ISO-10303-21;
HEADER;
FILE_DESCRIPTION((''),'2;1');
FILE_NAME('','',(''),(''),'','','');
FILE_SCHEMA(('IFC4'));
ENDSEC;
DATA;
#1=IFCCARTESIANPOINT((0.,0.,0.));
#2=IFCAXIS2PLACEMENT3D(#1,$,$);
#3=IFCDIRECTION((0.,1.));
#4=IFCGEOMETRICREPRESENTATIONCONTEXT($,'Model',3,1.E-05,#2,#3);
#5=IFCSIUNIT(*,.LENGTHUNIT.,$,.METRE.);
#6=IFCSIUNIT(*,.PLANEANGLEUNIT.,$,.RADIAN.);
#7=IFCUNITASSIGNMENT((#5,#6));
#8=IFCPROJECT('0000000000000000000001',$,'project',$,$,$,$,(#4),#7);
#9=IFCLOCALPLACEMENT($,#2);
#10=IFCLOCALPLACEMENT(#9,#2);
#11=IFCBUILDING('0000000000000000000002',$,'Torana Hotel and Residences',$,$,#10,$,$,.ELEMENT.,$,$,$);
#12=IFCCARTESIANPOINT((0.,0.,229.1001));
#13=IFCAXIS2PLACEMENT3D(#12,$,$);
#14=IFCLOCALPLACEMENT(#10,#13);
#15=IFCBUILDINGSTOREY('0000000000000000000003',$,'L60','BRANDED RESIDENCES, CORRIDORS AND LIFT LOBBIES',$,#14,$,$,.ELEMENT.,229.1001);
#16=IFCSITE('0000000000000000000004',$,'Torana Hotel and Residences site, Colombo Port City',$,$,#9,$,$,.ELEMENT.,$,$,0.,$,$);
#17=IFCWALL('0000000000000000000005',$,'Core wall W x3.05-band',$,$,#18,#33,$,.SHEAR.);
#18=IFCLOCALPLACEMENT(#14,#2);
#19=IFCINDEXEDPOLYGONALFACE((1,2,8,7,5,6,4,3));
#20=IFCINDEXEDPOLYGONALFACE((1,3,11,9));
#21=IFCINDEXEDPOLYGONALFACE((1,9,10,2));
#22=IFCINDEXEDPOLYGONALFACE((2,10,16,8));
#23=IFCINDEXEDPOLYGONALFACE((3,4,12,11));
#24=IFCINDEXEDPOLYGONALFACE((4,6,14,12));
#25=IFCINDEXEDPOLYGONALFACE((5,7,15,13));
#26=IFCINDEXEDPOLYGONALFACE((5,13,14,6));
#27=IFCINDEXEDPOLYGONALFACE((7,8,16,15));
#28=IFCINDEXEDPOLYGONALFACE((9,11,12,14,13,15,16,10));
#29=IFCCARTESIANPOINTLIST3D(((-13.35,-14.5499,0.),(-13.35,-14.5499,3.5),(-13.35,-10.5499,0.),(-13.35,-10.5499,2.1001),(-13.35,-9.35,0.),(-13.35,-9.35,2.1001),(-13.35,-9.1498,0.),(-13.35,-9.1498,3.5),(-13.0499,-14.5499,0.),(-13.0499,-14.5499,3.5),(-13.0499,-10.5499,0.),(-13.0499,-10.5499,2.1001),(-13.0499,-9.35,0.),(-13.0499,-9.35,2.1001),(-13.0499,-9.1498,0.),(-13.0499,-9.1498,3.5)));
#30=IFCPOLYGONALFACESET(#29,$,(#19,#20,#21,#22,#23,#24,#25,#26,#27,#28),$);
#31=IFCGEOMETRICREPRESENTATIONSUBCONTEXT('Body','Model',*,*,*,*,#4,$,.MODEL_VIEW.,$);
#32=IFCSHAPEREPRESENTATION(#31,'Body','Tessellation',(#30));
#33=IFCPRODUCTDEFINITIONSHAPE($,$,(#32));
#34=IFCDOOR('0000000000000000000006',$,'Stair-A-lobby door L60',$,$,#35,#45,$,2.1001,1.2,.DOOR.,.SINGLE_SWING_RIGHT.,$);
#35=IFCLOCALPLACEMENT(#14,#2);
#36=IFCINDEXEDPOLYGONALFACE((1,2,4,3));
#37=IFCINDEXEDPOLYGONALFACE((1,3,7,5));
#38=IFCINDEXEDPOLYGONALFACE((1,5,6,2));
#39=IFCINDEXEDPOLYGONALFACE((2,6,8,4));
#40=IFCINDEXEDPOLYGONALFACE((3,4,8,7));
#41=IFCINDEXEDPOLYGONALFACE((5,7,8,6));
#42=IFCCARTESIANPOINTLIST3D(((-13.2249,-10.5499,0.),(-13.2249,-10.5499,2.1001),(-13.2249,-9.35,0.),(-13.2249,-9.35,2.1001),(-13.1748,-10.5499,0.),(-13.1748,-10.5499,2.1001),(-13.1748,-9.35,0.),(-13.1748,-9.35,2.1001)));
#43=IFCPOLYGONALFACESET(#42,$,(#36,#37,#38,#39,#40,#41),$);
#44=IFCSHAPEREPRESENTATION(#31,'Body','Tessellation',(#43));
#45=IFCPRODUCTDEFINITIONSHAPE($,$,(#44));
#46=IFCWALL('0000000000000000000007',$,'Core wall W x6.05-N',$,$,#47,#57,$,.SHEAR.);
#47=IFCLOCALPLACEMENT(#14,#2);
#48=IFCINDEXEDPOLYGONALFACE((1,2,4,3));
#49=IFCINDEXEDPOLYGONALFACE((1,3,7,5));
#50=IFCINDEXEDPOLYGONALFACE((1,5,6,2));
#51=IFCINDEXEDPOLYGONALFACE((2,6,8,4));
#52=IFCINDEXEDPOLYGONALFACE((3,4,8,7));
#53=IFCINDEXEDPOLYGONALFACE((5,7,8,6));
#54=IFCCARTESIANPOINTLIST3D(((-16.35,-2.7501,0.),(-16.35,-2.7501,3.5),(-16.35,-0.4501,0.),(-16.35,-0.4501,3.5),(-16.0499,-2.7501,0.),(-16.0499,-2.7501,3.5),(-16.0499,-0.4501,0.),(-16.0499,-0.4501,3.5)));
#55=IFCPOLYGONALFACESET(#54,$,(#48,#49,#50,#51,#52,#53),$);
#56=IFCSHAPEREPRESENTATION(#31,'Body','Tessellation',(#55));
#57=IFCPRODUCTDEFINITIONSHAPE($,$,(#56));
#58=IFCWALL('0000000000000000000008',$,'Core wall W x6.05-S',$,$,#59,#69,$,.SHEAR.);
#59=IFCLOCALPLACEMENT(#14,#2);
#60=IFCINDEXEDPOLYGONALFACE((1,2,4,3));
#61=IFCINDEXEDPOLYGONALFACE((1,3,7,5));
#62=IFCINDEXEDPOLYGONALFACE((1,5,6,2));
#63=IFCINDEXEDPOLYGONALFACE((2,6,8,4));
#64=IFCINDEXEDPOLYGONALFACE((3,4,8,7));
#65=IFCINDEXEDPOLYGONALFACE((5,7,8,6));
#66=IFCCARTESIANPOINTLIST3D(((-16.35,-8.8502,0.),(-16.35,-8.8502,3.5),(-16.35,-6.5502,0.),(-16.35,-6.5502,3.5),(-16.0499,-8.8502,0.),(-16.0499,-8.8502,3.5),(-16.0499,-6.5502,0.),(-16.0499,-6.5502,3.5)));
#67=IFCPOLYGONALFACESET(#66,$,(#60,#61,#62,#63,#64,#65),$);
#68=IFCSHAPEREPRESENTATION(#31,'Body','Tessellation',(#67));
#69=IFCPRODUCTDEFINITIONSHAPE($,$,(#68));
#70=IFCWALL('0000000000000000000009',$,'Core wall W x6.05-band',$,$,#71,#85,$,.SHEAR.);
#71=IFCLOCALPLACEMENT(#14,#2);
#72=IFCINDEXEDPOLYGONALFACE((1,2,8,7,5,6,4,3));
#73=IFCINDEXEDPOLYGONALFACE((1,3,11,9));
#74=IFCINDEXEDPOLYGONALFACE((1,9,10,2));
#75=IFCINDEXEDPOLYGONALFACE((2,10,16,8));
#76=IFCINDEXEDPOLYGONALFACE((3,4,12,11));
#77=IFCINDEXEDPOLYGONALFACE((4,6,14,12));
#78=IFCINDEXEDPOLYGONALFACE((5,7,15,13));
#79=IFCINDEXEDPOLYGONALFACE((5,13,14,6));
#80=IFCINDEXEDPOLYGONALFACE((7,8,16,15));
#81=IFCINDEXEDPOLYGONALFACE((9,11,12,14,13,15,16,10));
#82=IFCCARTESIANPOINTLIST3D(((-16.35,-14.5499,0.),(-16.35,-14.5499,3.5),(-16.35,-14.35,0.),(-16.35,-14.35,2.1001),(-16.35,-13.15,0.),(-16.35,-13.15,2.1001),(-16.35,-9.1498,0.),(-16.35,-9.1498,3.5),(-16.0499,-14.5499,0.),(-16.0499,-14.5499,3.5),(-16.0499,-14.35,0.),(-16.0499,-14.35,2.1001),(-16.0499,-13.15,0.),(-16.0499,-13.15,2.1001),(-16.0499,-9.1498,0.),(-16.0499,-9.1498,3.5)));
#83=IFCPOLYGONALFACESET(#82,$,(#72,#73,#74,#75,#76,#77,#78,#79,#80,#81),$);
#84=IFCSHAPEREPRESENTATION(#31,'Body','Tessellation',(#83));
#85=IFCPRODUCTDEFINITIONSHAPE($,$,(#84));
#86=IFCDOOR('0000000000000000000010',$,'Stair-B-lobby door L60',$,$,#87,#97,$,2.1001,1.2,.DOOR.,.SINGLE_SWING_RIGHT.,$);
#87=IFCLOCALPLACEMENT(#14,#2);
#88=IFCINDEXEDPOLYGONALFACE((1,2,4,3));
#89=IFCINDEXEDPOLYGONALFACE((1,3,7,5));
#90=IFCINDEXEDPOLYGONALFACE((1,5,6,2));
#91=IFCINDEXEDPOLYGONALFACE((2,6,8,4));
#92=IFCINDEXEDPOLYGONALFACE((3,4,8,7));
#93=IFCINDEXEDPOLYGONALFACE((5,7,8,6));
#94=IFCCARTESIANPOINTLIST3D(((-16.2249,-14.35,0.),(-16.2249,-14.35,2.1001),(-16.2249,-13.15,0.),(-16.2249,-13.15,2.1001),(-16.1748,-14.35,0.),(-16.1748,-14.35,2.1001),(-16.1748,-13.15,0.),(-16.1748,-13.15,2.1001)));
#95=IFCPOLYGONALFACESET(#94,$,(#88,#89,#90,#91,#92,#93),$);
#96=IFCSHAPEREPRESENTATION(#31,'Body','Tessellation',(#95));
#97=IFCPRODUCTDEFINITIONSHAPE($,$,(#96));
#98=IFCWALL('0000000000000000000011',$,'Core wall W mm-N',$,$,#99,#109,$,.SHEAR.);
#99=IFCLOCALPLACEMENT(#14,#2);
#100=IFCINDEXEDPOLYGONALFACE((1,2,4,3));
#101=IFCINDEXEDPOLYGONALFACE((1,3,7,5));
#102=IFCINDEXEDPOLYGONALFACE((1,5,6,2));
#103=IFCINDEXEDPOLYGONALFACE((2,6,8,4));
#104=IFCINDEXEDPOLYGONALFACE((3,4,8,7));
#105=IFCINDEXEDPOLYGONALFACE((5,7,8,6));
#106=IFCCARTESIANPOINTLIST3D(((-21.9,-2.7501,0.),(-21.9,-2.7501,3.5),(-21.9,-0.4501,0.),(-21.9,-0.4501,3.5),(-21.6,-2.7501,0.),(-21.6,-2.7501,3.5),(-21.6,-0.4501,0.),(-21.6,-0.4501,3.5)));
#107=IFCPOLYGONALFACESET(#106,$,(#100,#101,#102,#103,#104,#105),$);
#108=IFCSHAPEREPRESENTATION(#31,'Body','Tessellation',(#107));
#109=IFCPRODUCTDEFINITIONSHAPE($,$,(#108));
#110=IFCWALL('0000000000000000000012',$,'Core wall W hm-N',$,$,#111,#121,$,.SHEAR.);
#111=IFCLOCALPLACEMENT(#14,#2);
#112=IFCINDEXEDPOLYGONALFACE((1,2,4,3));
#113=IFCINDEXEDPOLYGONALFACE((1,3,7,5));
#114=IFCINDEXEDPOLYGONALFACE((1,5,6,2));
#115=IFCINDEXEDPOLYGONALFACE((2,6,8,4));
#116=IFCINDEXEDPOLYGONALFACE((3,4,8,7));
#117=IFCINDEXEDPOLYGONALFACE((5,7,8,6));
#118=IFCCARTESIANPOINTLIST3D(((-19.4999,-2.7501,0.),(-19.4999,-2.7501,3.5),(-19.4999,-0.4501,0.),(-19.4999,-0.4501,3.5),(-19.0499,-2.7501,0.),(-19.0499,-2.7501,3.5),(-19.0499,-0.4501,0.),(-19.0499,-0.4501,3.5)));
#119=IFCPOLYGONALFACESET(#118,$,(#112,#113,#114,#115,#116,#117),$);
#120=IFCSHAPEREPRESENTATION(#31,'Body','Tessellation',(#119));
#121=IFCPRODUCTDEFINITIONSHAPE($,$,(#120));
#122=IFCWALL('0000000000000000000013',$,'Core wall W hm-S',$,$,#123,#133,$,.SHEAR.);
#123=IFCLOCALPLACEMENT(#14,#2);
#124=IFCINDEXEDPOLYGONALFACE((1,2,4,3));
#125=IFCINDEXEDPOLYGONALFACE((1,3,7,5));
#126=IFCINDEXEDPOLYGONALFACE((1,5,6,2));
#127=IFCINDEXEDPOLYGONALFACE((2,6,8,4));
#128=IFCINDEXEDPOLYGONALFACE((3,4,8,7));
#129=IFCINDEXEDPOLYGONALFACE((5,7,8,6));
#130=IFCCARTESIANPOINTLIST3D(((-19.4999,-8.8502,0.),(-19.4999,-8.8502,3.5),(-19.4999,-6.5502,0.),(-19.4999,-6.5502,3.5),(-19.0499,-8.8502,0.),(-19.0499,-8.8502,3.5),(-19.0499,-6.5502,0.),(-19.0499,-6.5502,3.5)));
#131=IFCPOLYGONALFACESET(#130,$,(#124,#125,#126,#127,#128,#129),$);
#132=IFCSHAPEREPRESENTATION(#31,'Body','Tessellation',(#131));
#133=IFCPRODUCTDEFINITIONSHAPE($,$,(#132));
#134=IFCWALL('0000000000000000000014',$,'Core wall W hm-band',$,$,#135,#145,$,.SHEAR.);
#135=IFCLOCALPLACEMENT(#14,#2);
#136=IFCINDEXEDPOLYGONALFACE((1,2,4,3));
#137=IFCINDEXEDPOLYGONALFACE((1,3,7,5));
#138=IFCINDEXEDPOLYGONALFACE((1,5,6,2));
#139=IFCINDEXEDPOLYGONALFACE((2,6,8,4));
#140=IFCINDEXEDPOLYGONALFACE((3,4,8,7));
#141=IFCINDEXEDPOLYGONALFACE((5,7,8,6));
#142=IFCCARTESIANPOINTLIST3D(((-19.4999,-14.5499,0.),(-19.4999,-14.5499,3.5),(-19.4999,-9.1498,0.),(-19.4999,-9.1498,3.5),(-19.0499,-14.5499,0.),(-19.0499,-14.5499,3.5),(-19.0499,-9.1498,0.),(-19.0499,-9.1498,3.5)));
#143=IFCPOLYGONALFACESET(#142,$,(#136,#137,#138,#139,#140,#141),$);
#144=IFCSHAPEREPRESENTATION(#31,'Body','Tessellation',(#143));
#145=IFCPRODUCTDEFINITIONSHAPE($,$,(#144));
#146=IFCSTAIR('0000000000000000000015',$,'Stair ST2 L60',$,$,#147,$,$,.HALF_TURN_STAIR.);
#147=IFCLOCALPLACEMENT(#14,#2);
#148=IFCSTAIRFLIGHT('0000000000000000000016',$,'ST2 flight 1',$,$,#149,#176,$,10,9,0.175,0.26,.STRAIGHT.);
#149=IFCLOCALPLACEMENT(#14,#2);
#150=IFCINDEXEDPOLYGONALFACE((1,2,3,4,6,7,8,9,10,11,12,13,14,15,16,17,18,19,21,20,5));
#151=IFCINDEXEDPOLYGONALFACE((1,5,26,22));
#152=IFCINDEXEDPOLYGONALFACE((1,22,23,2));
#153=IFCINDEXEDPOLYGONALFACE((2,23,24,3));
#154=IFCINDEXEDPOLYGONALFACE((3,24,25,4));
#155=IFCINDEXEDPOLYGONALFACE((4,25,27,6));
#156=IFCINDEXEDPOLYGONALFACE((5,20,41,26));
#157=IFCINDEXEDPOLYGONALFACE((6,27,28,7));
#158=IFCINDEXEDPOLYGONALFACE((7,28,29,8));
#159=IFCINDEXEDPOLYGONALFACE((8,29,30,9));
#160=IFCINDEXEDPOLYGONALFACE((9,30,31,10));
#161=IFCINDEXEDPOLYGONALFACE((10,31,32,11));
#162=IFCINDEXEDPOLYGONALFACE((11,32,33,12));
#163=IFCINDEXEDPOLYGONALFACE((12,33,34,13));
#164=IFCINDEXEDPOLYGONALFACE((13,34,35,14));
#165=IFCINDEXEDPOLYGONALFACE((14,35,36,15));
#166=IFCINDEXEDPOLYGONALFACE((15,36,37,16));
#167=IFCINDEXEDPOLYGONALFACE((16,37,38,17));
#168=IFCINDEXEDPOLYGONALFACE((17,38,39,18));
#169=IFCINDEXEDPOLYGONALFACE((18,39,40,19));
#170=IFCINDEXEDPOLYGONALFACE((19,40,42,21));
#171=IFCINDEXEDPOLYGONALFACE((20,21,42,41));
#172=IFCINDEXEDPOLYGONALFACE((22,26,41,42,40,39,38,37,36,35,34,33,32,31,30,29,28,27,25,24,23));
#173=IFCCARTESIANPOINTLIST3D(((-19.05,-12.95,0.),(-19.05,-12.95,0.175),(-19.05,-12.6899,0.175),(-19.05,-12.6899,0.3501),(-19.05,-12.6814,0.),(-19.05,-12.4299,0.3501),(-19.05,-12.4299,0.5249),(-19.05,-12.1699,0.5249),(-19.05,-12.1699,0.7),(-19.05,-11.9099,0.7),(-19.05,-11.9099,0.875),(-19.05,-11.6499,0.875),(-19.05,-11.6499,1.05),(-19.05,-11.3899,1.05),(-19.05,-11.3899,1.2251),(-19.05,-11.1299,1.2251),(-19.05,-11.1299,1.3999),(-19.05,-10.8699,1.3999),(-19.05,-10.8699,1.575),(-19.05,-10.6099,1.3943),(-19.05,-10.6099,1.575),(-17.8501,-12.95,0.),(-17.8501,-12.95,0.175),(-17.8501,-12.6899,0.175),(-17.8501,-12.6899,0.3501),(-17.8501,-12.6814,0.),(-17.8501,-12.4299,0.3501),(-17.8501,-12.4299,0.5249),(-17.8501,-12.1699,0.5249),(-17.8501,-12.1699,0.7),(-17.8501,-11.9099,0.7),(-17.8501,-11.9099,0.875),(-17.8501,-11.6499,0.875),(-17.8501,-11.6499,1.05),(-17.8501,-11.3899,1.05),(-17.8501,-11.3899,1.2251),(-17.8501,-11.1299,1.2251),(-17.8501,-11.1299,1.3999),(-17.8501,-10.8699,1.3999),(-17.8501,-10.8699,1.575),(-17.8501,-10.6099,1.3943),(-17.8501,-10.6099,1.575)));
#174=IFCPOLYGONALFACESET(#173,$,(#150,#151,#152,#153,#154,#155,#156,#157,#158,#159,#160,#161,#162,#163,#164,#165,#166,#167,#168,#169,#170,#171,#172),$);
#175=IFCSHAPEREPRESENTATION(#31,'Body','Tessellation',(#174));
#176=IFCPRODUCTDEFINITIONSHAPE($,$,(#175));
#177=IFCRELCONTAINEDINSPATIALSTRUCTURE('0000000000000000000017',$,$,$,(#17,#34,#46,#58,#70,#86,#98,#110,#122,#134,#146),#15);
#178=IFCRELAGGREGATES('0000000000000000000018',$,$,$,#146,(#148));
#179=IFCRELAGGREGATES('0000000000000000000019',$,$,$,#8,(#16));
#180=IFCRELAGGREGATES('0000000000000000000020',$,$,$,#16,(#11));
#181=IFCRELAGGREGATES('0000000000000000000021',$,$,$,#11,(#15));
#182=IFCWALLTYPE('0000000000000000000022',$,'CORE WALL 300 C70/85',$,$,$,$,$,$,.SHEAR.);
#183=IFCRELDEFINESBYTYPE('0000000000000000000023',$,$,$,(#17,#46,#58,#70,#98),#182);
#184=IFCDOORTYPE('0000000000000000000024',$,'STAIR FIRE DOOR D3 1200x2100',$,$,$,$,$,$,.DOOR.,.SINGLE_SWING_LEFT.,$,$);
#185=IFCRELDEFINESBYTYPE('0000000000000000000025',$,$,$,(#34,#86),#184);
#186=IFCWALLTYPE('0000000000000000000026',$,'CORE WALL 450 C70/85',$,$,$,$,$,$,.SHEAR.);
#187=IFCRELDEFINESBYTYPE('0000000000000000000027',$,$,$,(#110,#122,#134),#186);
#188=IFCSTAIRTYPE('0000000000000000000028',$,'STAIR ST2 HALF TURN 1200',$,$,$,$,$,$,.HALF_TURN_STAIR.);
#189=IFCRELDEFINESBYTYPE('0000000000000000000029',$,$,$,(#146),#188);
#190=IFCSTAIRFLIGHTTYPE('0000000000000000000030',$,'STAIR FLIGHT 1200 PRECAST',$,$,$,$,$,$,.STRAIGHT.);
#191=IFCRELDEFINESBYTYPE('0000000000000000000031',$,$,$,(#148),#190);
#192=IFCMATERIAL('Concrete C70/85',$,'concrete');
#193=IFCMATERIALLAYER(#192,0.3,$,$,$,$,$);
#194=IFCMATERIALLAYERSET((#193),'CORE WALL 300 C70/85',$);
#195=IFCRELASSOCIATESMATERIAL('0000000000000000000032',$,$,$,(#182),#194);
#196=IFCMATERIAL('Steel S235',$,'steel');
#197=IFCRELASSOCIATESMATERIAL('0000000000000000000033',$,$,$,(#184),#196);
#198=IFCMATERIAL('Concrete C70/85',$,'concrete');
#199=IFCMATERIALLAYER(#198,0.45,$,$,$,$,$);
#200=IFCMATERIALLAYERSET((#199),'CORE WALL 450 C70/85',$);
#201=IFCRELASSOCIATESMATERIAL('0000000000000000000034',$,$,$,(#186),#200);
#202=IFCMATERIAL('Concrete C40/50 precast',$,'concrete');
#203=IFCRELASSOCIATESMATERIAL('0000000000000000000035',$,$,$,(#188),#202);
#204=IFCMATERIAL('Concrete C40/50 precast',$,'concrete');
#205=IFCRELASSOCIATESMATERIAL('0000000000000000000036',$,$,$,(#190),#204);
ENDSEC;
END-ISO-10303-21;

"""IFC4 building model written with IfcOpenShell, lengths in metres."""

from ifc_helpers import new_model, si_unit, direction, frame, frame_2d, origin, place, context, subcontext, project, spatial, polyline, rectangle, outline, extrude, material, layer, layer_set, type_object, element, fill, aggregate, save


model = new_model("IFC4")

# Units and contexts
model_context = context("Model", 3, precision=1e-05, world=origin(), true_north=direction((0.0, 1.0)))
body_context = subcontext(model_context, "Body", "Model", "MODEL_VIEW")
ifc_project = project(units=[si_unit("LENGTHUNIT", "METRE"), si_unit("PLANEANGLEUNIT", "RADIAN")], contexts=[model_context])

# Site, building, storey
site_placement = place(None, origin())
site = spatial("IfcSite", under=ifc_project, at=site_placement, Name="Torana Hotel and Residences site, Colombo Port City", CompositionType="ELEMENT", RefElevation=0.0)
building_placement = place(site_placement, origin())
building = spatial("IfcBuilding", under=site, at=building_placement, Name="Torana Hotel and Residences", CompositionType="ELEMENT")
storey_placement = place(building_placement, frame((0.0, 0.0, 229.1001)))
storey = spatial("IfcBuildingStorey", under=building, at=storey_placement, Name="L60", Description="BRANDED RESIDENCES, CORRIDORS AND LIFT LOBBIES", CompositionType="ELEMENT", Elevation=229.1001)

# Wall, opening, door
ifc_material_1 = material(Name="Concrete C70/85", Category="concrete")
ifc_layer_1 = layer(ifc_material_1, 0.3)
ifc_layer_set_1 = layer_set([ifc_layer_1], Name="CORE WALL 300 C70/85")
wall_type_1 = type_object("IfcWallType", Name="CORE WALL 300 C70/85", PredefinedType="SHEAR", material=ifc_layer_set_1)
wall_1_placement = place(storey_placement, frame((-13.2, -14.55, 0.0), z_axis=(0.0, 0.0, 1.0), x_axis=(0.0, 1.0, 0.0)))
wall_1 = element("IfcWall", 1, at=wall_1_placement, inside=storey, type_object=wall_type_1, Name="Core wall W x3.05-band", PredefinedType="SHEAR", context=body_context, shape_type="SweptSolid", body=[
    extrude(rectangle(XDim=5.4001, YDim=0.3, at=frame_2d((2.7002, 0.0))), origin(), (0.0, 0.0, 1.0), 3.5),
])
opening_1_placement = place(wall_1_placement, frame((4.0, 0.0, 0.0)))
opening_1 = element("IfcOpeningElement", 2, at=opening_1_placement, cuts=wall_1, PredefinedType="OPENING", context=body_context, shape_type="SweptSolid", body=[
    extrude(rectangle(XDim=1.2, YDim=2.1001, at=frame_2d((0.6001, 1.05))), frame((0.0, 0.1599, 0.0), z_axis=(0.0, -1.0, 0.0), x_axis=(1.0, 0.0, 0.0)), (0.0, 0.0, 1.0), 0.3201),
])
ifc_material_2 = material(Name="Steel S235", Category="steel")
door_type = type_object("IfcDoorType", Name="STAIR FIRE DOOR D3 1200x2100", OperationType="SINGLE_SWING_LEFT", PredefinedType="DOOR", material=ifc_material_2)
door_1_placement = place(opening_1_placement, frame((0.6001, 0.0, 0.0), z_axis=(0.0, 0.0, 1.0), x_axis=(-1.0, 0.0, 0.0)))
door_1 = element("IfcDoor", 3, at=door_1_placement, inside=storey, type_object=door_type, Name="Stair-A-lobby door L60", OperationType="SINGLE_SWING_RIGHT", OverallHeight=2.1001, OverallWidth=1.2, PredefinedType="DOOR", context=body_context, shape_type="SweptSolid", body=[
    extrude(rectangle(XDim=1.2, YDim=2.1001, at=frame_2d((0.0, 1.05))), frame((0.0, -0.0249, 0.0), z_axis=(0.0, 1.0, 0.0), x_axis=(-1.0, 0.0, 0.0)), (0.0, 0.0, 1.0), 0.05),
])
fill(opening_1, door_1)

# Walls
for number, where, z_axis, x_axis, name in (
    (4, (-16.2, -2.75, 0.0), (0.0, 0.0, 1.0), (0.0, 1.0, 0.0), "Core wall W x6.05-N"),
    (5, (-16.2, -8.8501, 0.0), (0.0, 0.0, 1.0), (0.0, 1.0, 0.0), "Core wall W x6.05-S"),
):
    element("IfcWall", number, at=place(storey_placement, frame(where, z_axis=z_axis, x_axis=x_axis)), inside=storey, type_object=wall_type_1, Name=name, PredefinedType="SHEAR", context=body_context, shape_type="SweptSolid", body=[
        extrude(rectangle(XDim=2.3, YDim=0.3, at=frame_2d((1.1499, 0.0))), origin(), (0.0, 0.0, 1.0), 3.5),
    ])

# Wall, opening, door
wall_2_placement = place(storey_placement, frame((-16.2, -14.55, 0.0), z_axis=(0.0, 0.0, 1.0), x_axis=(0.0, 1.0, 0.0)))
wall_2 = element("IfcWall", 6, at=wall_2_placement, inside=storey, type_object=wall_type_1, Name="Core wall W x6.05-band", PredefinedType="SHEAR", context=body_context, shape_type="SweptSolid", body=[
    extrude(rectangle(XDim=5.4001, YDim=0.3, at=frame_2d((2.7002, 0.0))), origin(), (0.0, 0.0, 1.0), 3.5),
])
opening_2_placement = place(wall_2_placement, frame((0.2, 0.0, 0.0)))
opening_2 = element("IfcOpeningElement", 7, at=opening_2_placement, cuts=wall_2, PredefinedType="OPENING", context=body_context, shape_type="SweptSolid", body=[
    extrude(rectangle(XDim=1.2, YDim=2.1001, at=frame_2d((0.6001, 1.05))), frame((0.0, 0.1599, 0.0), z_axis=(0.0, -1.0, 0.0), x_axis=(1.0, 0.0, 0.0)), (0.0, 0.0, 1.0), 0.3201),
])
door_2_placement = place(opening_2_placement, origin())
door_2 = element("IfcDoor", 8, at=door_2_placement, inside=storey, type_object=door_type, Name="Stair-B-lobby door L60", OperationType="SINGLE_SWING_RIGHT", OverallHeight=2.1001, OverallWidth=1.2, PredefinedType="DOOR", context=body_context, shape_type="SweptSolid", body=[
    extrude(rectangle(XDim=1.2, YDim=2.1001, at=frame_2d((0.6001, 1.05))), frame((0.0, 0.0249, 0.0), z_axis=(0.0, -1.0, 0.0), x_axis=(1.0, 0.0, 0.0)), (0.0, 0.0, 1.0), 0.05),
])
fill(opening_2, door_2)

# Walls
wall_3_placement = place(storey_placement, frame((-21.75, -2.75, 0.0), z_axis=(0.0, 0.0, 1.0), x_axis=(0.0, 1.0, 0.0)))
element("IfcWall", 9, at=wall_3_placement, inside=storey, type_object=wall_type_1, Name="Core wall W mm-N", PredefinedType="SHEAR", context=body_context, shape_type="SweptSolid", body=[
    extrude(rectangle(XDim=2.3, YDim=0.3, at=frame_2d((1.1499, 0.0))), origin(), (0.0, 0.0, 1.0), 3.5),
])
ifc_material_3 = material(Name="Concrete C70/85", Category="concrete")
ifc_layer_2 = layer(ifc_material_3, 0.45)
ifc_layer_set_2 = layer_set([ifc_layer_2], Name="CORE WALL 450 C70/85")
wall_type_2 = type_object("IfcWallType", Name="CORE WALL 450 C70/85", PredefinedType="SHEAR", material=ifc_layer_set_2)
for number, where, z_axis, x_axis, name in (
    (10, (-19.2749, -2.75, 0.0), (0.0, 0.0, 1.0), (0.0, 1.0, 0.0), "Core wall W hm-N"),
    (11, (-19.2749, -8.8501, 0.0), (0.0, 0.0, 1.0), (0.0, 1.0, 0.0), "Core wall W hm-S"),
):
    element("IfcWall", number, at=place(storey_placement, frame(where, z_axis=z_axis, x_axis=x_axis)), inside=storey, type_object=wall_type_2, Name=name, PredefinedType="SHEAR", context=body_context, shape_type="SweptSolid", body=[
        extrude(rectangle(XDim=2.3, YDim=0.45, at=frame_2d((1.1499, 0.0))), origin(), (0.0, 0.0, 1.0), 3.5),
    ])
wall_4_placement = place(storey_placement, frame((-19.2749, -14.55, 0.0), z_axis=(0.0, 0.0, 1.0), x_axis=(0.0, 1.0, 0.0)))
element("IfcWall", 12, at=wall_4_placement, inside=storey, type_object=wall_type_2, Name="Core wall W hm-band", PredefinedType="SHEAR", context=body_context, shape_type="SweptSolid", body=[
    extrude(rectangle(XDim=5.4001, YDim=0.45, at=frame_2d((2.7002, 0.0))), origin(), (0.0, 0.0, 1.0), 3.5),
])

# Stair, stair flight
ifc_material_4 = material(Name="Concrete C40/50 precast", Category="concrete")
stair_type = type_object("IfcStairType", Name="STAIR ST2 HALF TURN 1200", PredefinedType="HALF_TURN_STAIR", material=ifc_material_4)
stair_placement = place(storey_placement, origin())
stair = element("IfcStair", 13, at=stair_placement, inside=storey, type_object=stair_type, Name="Stair ST2 L60", PredefinedType="HALF_TURN_STAIR")
ifc_material_5 = material(Name="Concrete C40/50 precast", Category="concrete")
stair_flight_type = type_object("IfcStairFlightType", Name="STAIR FLIGHT 1200 PRECAST", PredefinedType="STRAIGHT", material=ifc_material_5)
stair_flight_1_placement = place(storey_placement, frame((-18.45, -12.95, 0.0), z_axis=(0.0, 0.0, 1.0), x_axis=(0.0, 1.0, 0.0)))
stair_flight_1 = element("IfcStairFlight", 14, at=stair_flight_1_placement, type_object=stair_flight_type, Name="ST2 flight 1", NumberOfRisers=10, NumberOfTreads=9, PredefinedType="STRAIGHT", RiserHeight=0.175, TreadLength=0.26, context=body_context, shape_type="SweptSolid", body=[
    extrude(outline(polyline([(0.0, 0.0), (0.0, 0.175), (0.26, 0.175), (0.26, 0.3501), (0.52, 0.3501), (0.52, 0.5249), (0.78, 0.5249), (0.78, 0.7), (1.04, 0.7), (1.04, 0.875), (1.3, 0.875), (1.3, 1.05), (1.5601, 1.05), (1.5601, 1.2251), (1.8201, 1.2251), (1.8201, 1.3999), (2.0801, 1.3999), (2.0801, 1.575), (2.3401, 1.575), (2.3401, 1.75), (2.3401, 1.3943), (0.2686, 0.0), (0.0, 0.0)])), frame((0.0, 0.6001, 0.0), z_axis=(0.0, -1.0, 0.0), x_axis=(1.0, 0.0, 0.0)), (0.0, 0.0, 1.0), 1.2),
])
aggregate(stair, [stair_flight_1])

save(model, "model.ifc")
